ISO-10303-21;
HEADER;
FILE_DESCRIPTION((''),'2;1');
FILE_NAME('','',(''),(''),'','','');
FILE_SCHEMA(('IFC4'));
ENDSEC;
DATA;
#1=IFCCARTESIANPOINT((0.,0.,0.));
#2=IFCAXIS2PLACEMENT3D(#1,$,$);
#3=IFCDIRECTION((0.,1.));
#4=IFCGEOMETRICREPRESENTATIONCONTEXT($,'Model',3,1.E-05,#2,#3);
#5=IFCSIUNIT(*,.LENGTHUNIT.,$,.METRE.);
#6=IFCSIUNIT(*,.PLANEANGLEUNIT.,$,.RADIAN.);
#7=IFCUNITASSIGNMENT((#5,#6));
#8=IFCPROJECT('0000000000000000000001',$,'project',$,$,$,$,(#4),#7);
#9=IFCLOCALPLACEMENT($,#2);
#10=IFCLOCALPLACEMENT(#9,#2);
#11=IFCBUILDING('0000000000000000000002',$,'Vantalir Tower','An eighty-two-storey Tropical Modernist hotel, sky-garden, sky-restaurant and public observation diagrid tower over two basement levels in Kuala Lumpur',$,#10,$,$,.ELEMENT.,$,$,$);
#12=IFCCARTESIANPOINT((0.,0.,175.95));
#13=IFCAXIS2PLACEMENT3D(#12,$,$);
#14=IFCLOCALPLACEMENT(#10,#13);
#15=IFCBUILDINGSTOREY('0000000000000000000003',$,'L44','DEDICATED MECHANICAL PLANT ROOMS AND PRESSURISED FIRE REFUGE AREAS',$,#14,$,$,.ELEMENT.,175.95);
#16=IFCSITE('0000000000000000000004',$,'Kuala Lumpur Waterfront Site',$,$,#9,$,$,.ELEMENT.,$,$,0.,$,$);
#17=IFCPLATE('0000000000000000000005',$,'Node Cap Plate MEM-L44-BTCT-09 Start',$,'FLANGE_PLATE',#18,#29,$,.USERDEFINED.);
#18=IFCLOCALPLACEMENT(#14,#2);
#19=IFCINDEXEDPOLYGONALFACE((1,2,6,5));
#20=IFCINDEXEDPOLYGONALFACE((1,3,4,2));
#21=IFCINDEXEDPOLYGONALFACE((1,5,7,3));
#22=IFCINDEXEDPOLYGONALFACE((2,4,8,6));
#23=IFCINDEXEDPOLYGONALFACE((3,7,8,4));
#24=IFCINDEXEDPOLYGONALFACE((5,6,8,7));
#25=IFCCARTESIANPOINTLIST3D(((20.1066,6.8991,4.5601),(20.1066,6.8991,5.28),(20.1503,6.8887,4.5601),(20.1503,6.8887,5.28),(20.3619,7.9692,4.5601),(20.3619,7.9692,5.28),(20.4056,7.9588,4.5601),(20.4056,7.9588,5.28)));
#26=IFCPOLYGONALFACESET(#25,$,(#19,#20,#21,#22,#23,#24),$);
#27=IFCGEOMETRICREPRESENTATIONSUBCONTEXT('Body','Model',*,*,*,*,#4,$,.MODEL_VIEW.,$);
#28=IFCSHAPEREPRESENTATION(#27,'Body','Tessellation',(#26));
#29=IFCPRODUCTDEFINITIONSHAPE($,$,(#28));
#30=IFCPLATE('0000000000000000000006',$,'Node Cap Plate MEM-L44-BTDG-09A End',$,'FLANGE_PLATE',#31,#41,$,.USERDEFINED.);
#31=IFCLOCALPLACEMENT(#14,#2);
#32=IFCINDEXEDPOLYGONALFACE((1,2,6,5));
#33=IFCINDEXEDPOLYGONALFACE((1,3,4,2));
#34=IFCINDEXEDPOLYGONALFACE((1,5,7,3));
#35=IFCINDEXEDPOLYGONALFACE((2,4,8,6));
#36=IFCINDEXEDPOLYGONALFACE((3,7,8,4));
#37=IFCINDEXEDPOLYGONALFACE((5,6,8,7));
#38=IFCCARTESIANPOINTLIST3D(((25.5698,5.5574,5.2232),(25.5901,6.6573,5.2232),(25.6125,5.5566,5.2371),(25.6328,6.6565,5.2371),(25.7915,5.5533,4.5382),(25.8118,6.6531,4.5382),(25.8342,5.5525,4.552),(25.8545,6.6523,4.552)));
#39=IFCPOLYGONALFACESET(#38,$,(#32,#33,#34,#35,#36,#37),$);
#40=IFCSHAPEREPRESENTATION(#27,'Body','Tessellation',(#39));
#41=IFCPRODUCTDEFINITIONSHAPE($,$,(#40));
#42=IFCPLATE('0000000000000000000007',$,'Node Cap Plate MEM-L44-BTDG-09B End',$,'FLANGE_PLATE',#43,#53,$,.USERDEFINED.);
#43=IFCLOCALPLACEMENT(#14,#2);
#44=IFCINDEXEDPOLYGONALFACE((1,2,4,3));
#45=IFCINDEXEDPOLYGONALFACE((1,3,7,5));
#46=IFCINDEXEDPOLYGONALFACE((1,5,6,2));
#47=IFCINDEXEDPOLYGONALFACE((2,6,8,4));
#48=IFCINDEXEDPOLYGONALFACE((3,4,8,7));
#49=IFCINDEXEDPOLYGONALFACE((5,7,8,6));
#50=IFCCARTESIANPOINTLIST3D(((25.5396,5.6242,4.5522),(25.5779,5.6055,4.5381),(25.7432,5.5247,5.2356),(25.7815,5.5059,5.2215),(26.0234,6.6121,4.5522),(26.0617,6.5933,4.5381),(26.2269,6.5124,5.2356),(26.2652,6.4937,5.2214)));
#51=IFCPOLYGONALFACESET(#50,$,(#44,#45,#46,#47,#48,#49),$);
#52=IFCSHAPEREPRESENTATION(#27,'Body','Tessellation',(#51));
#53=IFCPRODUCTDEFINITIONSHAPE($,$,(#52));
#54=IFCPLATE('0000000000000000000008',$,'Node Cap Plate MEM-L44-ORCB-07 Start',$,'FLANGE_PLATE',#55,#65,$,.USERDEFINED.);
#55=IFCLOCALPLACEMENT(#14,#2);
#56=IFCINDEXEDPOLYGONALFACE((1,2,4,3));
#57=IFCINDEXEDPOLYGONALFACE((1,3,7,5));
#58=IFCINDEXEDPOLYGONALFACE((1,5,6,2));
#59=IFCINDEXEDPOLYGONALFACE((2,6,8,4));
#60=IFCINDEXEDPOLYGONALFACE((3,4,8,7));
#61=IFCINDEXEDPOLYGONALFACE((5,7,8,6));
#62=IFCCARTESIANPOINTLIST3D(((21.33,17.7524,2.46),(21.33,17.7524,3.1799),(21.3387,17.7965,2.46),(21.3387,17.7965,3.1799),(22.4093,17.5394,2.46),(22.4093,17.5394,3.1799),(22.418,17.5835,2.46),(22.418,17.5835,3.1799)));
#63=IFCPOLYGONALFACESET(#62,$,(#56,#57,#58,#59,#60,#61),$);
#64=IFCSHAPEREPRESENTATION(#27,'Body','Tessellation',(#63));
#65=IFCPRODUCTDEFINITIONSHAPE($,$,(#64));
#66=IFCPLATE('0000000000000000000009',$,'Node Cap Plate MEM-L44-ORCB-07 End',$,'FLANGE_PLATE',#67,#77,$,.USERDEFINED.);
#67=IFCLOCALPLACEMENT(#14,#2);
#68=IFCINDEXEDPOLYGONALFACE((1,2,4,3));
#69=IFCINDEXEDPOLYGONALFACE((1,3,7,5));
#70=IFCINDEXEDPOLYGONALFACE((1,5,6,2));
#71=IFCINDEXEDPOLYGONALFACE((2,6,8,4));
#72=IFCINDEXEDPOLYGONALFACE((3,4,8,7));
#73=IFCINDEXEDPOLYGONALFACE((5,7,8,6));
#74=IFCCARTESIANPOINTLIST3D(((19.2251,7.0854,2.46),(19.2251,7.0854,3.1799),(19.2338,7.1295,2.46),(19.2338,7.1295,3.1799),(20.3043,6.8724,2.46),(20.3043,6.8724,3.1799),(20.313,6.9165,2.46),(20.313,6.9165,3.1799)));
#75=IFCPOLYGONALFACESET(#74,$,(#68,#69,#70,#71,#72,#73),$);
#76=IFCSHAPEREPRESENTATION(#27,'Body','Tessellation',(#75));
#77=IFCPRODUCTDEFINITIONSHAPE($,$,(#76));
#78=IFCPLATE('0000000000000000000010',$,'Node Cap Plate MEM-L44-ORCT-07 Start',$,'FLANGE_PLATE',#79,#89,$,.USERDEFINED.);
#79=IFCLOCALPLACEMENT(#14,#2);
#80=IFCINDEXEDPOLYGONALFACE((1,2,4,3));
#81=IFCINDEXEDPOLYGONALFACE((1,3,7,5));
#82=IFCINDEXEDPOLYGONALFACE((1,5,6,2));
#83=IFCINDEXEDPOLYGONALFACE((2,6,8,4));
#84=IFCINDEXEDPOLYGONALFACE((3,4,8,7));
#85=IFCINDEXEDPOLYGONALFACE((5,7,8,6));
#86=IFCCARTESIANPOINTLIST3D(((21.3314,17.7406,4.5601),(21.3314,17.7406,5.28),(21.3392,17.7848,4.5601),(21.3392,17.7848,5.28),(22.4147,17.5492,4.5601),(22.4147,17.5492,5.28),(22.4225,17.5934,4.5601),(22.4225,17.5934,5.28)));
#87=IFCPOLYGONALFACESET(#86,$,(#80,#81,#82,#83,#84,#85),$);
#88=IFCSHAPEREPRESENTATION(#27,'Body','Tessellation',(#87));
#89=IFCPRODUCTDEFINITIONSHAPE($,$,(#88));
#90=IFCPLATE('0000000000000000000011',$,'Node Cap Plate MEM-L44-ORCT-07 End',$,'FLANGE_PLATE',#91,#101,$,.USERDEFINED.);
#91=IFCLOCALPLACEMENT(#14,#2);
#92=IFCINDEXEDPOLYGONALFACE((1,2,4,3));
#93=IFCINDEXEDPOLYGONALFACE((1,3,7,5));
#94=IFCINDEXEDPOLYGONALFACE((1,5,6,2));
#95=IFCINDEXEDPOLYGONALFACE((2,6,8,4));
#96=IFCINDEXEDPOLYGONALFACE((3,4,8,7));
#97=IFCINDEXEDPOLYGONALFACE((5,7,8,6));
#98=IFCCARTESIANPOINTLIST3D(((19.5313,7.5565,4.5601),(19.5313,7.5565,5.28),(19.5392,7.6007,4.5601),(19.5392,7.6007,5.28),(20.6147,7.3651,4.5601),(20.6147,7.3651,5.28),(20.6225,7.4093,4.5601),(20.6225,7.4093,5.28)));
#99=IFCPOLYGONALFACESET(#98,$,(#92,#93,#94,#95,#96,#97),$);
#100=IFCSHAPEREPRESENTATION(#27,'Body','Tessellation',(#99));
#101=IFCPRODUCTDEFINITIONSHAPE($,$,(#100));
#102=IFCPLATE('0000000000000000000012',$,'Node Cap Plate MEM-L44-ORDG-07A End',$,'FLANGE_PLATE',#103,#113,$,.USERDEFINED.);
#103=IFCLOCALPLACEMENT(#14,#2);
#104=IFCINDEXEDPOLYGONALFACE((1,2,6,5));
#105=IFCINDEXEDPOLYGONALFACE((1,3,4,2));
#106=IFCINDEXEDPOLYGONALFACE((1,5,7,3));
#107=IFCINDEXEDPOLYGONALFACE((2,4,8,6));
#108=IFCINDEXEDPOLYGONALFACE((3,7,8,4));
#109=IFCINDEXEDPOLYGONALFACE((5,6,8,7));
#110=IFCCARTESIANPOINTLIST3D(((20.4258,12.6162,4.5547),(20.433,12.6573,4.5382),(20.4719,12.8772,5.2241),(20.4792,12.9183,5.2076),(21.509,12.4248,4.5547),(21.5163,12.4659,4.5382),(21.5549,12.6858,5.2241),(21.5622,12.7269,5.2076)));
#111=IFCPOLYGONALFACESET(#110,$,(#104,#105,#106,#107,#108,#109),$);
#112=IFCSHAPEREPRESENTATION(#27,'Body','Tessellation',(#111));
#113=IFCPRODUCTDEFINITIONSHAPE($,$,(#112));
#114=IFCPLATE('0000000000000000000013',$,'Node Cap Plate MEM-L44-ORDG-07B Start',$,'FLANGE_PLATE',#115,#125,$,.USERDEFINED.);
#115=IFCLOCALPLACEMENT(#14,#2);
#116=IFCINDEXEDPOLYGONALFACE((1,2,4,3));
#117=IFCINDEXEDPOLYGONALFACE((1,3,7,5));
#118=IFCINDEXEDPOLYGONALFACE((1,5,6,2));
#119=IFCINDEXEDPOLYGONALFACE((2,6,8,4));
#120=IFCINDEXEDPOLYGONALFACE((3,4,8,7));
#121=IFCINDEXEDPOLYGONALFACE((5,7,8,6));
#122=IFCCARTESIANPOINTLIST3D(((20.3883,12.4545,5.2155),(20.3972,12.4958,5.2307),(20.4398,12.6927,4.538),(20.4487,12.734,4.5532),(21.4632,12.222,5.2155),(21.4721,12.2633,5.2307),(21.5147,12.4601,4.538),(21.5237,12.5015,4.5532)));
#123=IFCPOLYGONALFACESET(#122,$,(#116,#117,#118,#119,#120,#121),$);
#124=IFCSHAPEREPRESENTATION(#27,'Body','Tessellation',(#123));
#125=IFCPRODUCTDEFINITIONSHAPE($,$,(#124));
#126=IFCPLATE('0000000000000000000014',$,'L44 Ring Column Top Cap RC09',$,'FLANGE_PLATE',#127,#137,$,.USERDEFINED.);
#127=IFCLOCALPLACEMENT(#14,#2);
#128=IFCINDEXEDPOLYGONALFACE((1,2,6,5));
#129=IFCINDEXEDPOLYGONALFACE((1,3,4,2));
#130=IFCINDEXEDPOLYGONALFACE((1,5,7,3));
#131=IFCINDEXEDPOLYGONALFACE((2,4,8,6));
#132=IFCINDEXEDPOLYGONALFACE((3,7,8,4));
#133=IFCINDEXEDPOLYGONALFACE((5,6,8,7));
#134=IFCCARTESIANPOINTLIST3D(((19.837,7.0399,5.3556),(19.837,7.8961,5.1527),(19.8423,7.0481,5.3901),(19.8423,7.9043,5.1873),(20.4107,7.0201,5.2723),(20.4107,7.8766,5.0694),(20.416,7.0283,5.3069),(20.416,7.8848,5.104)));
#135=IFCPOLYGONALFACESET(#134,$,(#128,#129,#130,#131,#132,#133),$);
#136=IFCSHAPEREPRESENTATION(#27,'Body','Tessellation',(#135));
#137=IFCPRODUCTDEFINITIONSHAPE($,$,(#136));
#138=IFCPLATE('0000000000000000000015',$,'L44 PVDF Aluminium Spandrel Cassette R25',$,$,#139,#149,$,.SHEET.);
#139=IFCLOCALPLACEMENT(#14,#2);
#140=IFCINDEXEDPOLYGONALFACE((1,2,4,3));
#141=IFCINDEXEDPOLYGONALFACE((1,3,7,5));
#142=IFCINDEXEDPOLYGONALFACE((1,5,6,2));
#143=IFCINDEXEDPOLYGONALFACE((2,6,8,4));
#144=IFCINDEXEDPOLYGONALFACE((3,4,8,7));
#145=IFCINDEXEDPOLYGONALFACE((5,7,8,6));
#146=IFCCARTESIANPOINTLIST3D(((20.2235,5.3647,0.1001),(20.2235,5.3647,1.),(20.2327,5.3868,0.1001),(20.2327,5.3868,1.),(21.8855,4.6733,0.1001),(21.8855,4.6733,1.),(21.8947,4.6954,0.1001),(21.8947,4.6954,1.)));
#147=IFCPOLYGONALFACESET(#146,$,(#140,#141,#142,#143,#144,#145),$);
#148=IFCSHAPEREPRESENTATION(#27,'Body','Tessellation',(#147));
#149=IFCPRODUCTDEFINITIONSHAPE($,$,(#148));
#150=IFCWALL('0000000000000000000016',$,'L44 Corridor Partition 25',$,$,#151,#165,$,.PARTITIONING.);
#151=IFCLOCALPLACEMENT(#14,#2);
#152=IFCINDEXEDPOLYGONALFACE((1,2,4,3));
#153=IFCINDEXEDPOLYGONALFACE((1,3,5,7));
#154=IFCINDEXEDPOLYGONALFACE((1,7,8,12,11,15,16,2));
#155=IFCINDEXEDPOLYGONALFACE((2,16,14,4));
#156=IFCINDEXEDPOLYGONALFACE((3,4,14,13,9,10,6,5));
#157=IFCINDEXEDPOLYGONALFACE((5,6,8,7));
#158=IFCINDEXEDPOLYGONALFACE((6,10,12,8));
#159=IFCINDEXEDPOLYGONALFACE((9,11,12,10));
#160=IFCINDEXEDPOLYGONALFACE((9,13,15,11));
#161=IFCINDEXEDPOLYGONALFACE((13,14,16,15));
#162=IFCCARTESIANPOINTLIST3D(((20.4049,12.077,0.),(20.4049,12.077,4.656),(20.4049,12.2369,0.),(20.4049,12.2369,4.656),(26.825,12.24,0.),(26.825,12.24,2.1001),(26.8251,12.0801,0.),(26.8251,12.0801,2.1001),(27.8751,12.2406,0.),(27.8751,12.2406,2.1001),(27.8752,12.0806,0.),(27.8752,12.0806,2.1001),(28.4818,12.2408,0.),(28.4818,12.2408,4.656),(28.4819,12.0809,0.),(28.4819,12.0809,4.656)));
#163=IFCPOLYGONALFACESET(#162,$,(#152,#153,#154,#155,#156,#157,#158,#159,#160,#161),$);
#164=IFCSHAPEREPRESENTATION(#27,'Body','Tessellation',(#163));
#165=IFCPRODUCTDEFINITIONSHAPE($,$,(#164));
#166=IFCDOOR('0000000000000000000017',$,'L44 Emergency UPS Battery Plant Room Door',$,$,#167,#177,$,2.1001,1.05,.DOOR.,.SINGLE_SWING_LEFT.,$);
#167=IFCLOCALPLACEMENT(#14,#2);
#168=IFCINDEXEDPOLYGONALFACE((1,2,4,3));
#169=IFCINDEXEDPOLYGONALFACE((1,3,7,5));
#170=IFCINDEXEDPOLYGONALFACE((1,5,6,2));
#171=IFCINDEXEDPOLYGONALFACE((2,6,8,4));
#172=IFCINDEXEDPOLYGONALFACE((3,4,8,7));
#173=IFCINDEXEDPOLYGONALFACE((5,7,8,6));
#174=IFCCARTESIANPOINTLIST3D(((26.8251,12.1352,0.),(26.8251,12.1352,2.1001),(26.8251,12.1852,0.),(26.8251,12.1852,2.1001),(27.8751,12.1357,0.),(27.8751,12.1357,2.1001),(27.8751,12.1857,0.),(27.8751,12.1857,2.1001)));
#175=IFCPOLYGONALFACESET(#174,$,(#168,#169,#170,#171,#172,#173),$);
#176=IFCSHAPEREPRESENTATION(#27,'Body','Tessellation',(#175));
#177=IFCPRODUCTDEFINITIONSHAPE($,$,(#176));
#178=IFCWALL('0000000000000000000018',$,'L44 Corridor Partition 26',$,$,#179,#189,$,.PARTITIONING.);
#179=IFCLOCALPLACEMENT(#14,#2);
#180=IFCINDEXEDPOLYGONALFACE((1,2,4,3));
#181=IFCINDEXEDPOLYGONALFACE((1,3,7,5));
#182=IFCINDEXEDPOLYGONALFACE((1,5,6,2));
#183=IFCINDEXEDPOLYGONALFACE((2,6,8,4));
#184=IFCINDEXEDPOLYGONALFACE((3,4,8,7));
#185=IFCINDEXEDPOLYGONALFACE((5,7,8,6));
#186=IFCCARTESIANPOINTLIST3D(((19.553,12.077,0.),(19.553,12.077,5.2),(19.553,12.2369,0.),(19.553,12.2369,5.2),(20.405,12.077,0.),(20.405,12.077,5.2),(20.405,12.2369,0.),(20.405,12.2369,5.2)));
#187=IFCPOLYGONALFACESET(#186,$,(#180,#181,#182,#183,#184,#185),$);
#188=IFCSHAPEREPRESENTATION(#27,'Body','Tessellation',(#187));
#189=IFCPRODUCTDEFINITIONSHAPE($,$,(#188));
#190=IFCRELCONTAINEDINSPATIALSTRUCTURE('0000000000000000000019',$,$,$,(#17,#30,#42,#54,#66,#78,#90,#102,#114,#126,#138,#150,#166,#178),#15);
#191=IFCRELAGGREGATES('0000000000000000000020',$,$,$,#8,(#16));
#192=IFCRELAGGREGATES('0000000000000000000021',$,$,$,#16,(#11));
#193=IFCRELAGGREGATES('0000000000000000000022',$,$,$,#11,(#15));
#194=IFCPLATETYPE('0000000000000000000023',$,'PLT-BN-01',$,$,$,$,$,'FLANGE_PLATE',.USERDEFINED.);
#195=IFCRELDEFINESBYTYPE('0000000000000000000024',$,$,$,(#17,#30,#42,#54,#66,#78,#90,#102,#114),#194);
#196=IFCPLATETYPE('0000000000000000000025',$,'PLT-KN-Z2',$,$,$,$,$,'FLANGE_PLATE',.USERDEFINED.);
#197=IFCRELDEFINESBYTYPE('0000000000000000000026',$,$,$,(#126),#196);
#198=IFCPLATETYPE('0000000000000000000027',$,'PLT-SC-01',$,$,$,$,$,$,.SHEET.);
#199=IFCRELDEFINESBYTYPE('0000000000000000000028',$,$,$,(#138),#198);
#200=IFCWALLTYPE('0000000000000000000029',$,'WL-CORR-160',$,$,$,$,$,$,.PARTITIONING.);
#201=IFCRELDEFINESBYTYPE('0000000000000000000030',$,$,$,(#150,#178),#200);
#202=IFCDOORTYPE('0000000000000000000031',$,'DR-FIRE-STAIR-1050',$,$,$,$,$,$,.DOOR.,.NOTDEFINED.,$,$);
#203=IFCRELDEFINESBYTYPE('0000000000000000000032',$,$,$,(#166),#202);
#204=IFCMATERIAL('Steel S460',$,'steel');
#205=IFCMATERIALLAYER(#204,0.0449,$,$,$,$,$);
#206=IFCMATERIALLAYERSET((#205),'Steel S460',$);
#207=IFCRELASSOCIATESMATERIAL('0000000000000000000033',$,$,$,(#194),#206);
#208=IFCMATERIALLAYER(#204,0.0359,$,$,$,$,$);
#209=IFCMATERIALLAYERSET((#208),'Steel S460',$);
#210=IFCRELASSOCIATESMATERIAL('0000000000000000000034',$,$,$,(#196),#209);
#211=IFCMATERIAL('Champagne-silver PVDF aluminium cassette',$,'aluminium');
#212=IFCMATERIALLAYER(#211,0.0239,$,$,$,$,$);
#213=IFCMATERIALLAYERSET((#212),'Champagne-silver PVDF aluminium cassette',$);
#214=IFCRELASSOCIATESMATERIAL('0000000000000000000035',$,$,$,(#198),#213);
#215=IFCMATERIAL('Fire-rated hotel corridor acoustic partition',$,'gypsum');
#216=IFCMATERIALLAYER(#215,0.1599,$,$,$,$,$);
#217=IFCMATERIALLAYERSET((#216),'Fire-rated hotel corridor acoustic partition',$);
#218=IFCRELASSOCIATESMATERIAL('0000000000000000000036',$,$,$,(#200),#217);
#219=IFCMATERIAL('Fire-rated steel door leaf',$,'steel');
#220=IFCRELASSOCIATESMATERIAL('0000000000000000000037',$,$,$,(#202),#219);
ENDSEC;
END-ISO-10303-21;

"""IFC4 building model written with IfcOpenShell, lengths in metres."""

from ifc_helpers import new_model, si_unit, direction, frame, frame_2d, origin, origin_2d, place, context, subcontext, project, spatial, polyline, rectangle, outline, extrude, material, layer, layer_set, type_object, element, fill, save


model = new_model("IFC4")

# Units and contexts
model_context = context("Model", 3, precision=1e-05, world=origin(), true_north=direction((0.0, 1.0)))
body_context = subcontext(model_context, "Body", "Model", "MODEL_VIEW")
ifc_project = project(units=[si_unit("LENGTHUNIT", "METRE"), si_unit("PLANEANGLEUNIT", "RADIAN")], contexts=[model_context])

# Site, building, storey
site_placement = place(None, origin())
site = spatial("IfcSite", under=ifc_project, at=site_placement, Name="Kuala Lumpur Waterfront Site", CompositionType="ELEMENT", RefElevation=0.0)
building_placement = place(site_placement, origin())
building = spatial("IfcBuilding", under=site, at=building_placement, Name="Vantalir Tower", Description="An eighty-two-storey Tropical Modernist hotel, sky-garden, sky-restaurant and public observation diagrid tower over two basement levels in Kuala Lumpur", CompositionType="ELEMENT")
storey_placement = place(building_placement, frame((0.0, 0.0, 175.95)))
storey = spatial("IfcBuildingStorey", under=building, at=storey_placement, Name="L44", Description="DEDICATED MECHANICAL PLANT ROOMS AND PRESSURISED FIRE REFUGE AREAS", CompositionType="ELEMENT", Elevation=175.95)

# Shared definitions
ifc_material_1 = material(Name="Steel S460", Category="steel")

# Plates
ifc_layer_1 = layer(ifc_material_1, 0.0449)
ifc_layer_set_1 = layer_set([ifc_layer_1], Name="Steel S460")
plate_type_1 = type_object("IfcPlateType", Name="PLT-BN-01", ElementType="FLANGE_PLATE", PredefinedType="USERDEFINED", material=ifc_layer_set_1)
plate_1_placement = place(storey_placement, frame((20.2561, 7.429, 4.5601), z_axis=(0.0, 0.0, 1.0), x_axis=(0.972695, -0.232087, 0.0)))
element("IfcPlate", 1, at=plate_1_placement, inside=storey, type_object=plate_type_1, Name="Node Cap Plate MEM-L44-BTCT-09 Start", ObjectType="FLANGE_PLATE", PredefinedType="USERDEFINED", context=body_context, shape_type="SweptSolid", body=[
    extrude(rectangle(XDim=0.0449, YDim=1.1001, at=origin_2d()), origin(), (0.0, 0.0, 1.0), 0.72),
])
plate_2_placement = place(storey_placement, frame((25.8342, 5.5525, 4.552), z_axis=(0.95125, -0.017526, 0.307923), x_axis=(0.018421, 0.99983, 0.0)))
element("IfcPlate", 2, at=plate_2_placement, inside=storey, type_object=plate_type_1, Name="Node Cap Plate MEM-L44-BTDG-09A End", ObjectType="FLANGE_PLATE", PredefinedType="USERDEFINED", context=body_context, shape_type="SweptSolid", body=[
    extrude(outline(polyline([(0.0, 0.0), (1.1, 0.0), (1.1001, 0.72), (0.0001, 0.72), (0.0, 0.0)])), origin(), (0.0, 0.0, -1.0), 0.0449),
])
plate_3_placement = place(storey_placement, frame((26.0234, 6.6121, 4.5522), z_axis=(-0.852451, 0.417482, 0.314702), x_axis=(-0.439838, -0.898077, -0.00003)))
element("IfcPlate", 3, at=plate_3_placement, inside=storey, type_object=plate_type_1, Name="Node Cap Plate MEM-L44-BTDG-09B End", ObjectType="FLANGE_PLATE", PredefinedType="USERDEFINED", context=body_context, shape_type="SweptSolid", body=[
    extrude(outline(polyline([(0.0, 0.0), (1.0999, 0.0), (1.0998, 0.72), (0.0, 0.7199), (0.0, 0.0)])), origin(), (0.0, 0.0, -1.0), 0.0449),
])
for number, where, z_axis, x_axis, name in (
    (4, (21.874, 17.668, 2.46), (0.0, 0.0, 1.0), (-0.193618, -0.981077, 0.0), "Node Cap Plate MEM-L44-ORCB-07 Start"),
    (5, (19.769, 7.001, 2.46), (0.0, 0.0, 1.0), (-0.193618, -0.981077, 0.0), "Node Cap Plate MEM-L44-ORCB-07 End"),
    (6, (21.877, 17.667, 4.5601), (0.0, 0.0, 1.0), (-0.173975, -0.98475, 0.0), "Node Cap Plate MEM-L44-ORCT-07 Start"),
    (7, (20.0769, 7.4829, 4.5601), (0.0, 0.0, 1.0), (-0.173975, -0.98475, 0.0), "Node Cap Plate MEM-L44-ORCT-07 End"),
):
    element("IfcPlate", number, at=place(storey_placement, frame(where, z_axis=z_axis, x_axis=x_axis)), inside=storey, type_object=plate_type_1, Name=name, ObjectType="FLANGE_PLATE", PredefinedType="USERDEFINED", context=body_context, shape_type="SweptSolid", body=[
        extrude(rectangle(XDim=0.0449, YDim=1.1001, at=origin_2d()), origin(), (0.0, 0.0, 1.0), 0.72),
    ])
plate_4_placement = place(storey_placement, frame((20.4258, 12.6162, 4.5547), z_axis=(-0.161802, -0.915606, 0.368083), x_axis=(0.984743, -0.174017, 0.000007)))
element("IfcPlate", 8, at=plate_4_placement, inside=storey, type_object=plate_type_1, Name="Node Cap Plate MEM-L44-ORDG-07A End", ObjectType="FLANGE_PLATE", PredefinedType="USERDEFINED", context=body_context, shape_type="SweptSolid", body=[
    extrude(outline(polyline([(0.0, 0.0), (1.1, 0.0), (1.0998, 0.72), (0.0, 0.72), (0.0, 0.0)])), origin(), (0.0, 0.0, -1.0), 0.0449),
])
plate_5_placement = place(storey_placement, frame((21.5237, 12.5015, 4.5532), z_axis=(0.198962, 0.919714, 0.338437), x_axis=(-0.977389, 0.211451, -0.000035)))
element("IfcPlate", 9, at=plate_5_placement, inside=storey, type_object=plate_type_1, Name="Node Cap Plate MEM-L44-ORDG-07B Start", ObjectType="FLANGE_PLATE", PredefinedType="USERDEFINED", context=body_context, shape_type="SweptSolid", body=[
    extrude(outline(polyline([(0.0, 0.0), (1.0998, 0.0), (1.0998, 0.72), (0.0, 0.7199), (0.0, 0.0)])), origin(), (0.0, 0.0, -1.0), 0.0449),
])
ifc_layer_2 = layer(ifc_material_1, 0.0359)
ifc_layer_set_2 = layer_set([ifc_layer_2], Name="Steel S460")
plate_type_2 = type_object("IfcPlateType", Name="PLT-KN-Z2", ElementType="FLANGE_PLATE", PredefinedType="USERDEFINED", material=ifc_layer_set_2)
plate_6_placement = place(storey_placement, frame((19.8423, 7.9043, 5.1873), z_axis=(0.147465, 0.228019, 0.962425), x_axis=(-0.000005, -0.973063, 0.23054)))
element("IfcPlate", 10, at=plate_6_placement, inside=storey, type_object=plate_type_2, Name="L44 Ring Column Top Cap RC09", ObjectType="FLANGE_PLATE", PredefinedType="USERDEFINED", context=body_context, shape_type="SweptSolid", body=[
    extrude(outline(polyline([(0.0, 0.0), (0.8799, 0.0), (0.88, 0.5801), (-0.0002, 0.5801), (0.0, 0.0)])), origin(), (0.0, 0.0, -1.0), 0.0359),
])
ifc_material_2 = material(Name="Champagne-silver PVDF aluminium cassette", Category="aluminium")
ifc_layer_3 = layer(ifc_material_2, 0.0239)
ifc_layer_set_3 = layer_set([ifc_layer_3], Name="Champagne-silver PVDF aluminium cassette")
plate_type_3 = type_object("IfcPlateType", Name="PLT-SC-01", PredefinedType="SHEET", material=ifc_layer_set_3)
plate_7_placement = place(storey_placement, frame((21.0591, 5.03, 0.1001), z_axis=(0.0, 0.0, 1.0), x_axis=(0.923291, -0.384102, 0.0)))
element("IfcPlate", 11, at=plate_7_placement, inside=storey, type_object=plate_type_3, Name="L44 PVDF Aluminium Spandrel Cassette R25", PredefinedType="SHEET", context=body_context, shape_type="SweptSolid", body=[
    extrude(rectangle(XDim=1.8, YDim=0.0239, at=origin_2d()), origin(), (0.0, 0.0, 1.0), 0.8999),
])

# Wall, opening, door
ifc_material_3 = material(Name="Fire-rated hotel corridor acoustic partition", Category="gypsum")
ifc_layer_4 = layer(ifc_material_3, 0.1599)
ifc_layer_set_4 = layer_set([ifc_layer_4], Name="Fire-rated hotel corridor acoustic partition")
wall_type_1 = type_object("IfcWallType", Name="WL-CORR-160", PredefinedType="PARTITIONING", material=ifc_layer_set_4)
wall_1_placement = place(storey_placement, frame((28.4819, 12.1609, 0.0), z_axis=(0.0, 0.0, 1.0), x_axis=(-1.0, -0.000484, 0.0)))
wall_1 = element("IfcWall", 12, at=wall_1_placement, inside=storey, type_object=wall_type_1, Name="L44 Corridor Partition 25", PredefinedType="PARTITIONING", context=body_context, shape_type="SweptSolid", body=[
    extrude(rectangle(XDim=8.0769, YDim=0.1599, at=frame_2d((4.0386, 0.0))), origin(), (0.0, 0.0, 1.0), 4.656),
])
opening_1_placement = place(wall_1_placement, frame((0.6069, 0.0, 0.0)))
opening_1 = element("IfcOpeningElement", 13, at=opening_1_placement, cuts=wall_1, PredefinedType="OPENING", context=body_context, shape_type="SweptSolid", body=[
    extrude(rectangle(XDim=1.05, YDim=2.1001, at=frame_2d((0.5249, 1.05))), frame((0.0, 0.0898, 0.0), z_axis=(0.0, -1.0, 0.0), x_axis=(1.0, 0.0, 0.0)), (0.0, 0.0, 1.0), 0.1799),
])
ifc_material_4 = material(Name="Fire-rated steel door leaf", Category="steel")
door_type_1 = type_object("IfcDoorType", Name="DR-FIRE-STAIR-1050", OperationType="NOTDEFINED", PredefinedType="DOOR", material=ifc_material_4)
door_1_placement = place(opening_1_placement, origin())
door_1 = element("IfcDoor", 14, at=door_1_placement, inside=storey, type_object=door_type_1, Name="L44 Emergency UPS Battery Plant Room Door", OperationType="SINGLE_SWING_LEFT", OverallHeight=2.1001, OverallWidth=1.05, PredefinedType="DOOR", context=body_context, shape_type="SweptSolid", body=[
    extrude(rectangle(XDim=1.05, YDim=2.1001, at=frame_2d((0.5249, 1.05))), frame((0.0, 0.0249, 0.0), z_axis=(0.0, -1.0, 0.0), x_axis=(1.0, 0.0, 0.0)), (0.0, 0.0, 1.0), 0.05),
])
fill(opening_1, door_1)

# Wall
wall_2_placement = place(storey_placement, frame((20.405, 12.157, 0.0), z_axis=(0.0, 0.0, 1.0), x_axis=(-1.0, 0.0, 0.0)))
element("IfcWall", 15, at=wall_2_placement, inside=storey, type_object=wall_type_1, Name="L44 Corridor Partition 26", PredefinedType="PARTITIONING", context=body_context, shape_type="SweptSolid", body=[
    extrude(rectangle(XDim=0.8521, YDim=0.1599, at=frame_2d((0.426, 0.0))), origin(), (0.0, 0.0, 1.0), 5.2),
])

save(model, "model.ifc")
